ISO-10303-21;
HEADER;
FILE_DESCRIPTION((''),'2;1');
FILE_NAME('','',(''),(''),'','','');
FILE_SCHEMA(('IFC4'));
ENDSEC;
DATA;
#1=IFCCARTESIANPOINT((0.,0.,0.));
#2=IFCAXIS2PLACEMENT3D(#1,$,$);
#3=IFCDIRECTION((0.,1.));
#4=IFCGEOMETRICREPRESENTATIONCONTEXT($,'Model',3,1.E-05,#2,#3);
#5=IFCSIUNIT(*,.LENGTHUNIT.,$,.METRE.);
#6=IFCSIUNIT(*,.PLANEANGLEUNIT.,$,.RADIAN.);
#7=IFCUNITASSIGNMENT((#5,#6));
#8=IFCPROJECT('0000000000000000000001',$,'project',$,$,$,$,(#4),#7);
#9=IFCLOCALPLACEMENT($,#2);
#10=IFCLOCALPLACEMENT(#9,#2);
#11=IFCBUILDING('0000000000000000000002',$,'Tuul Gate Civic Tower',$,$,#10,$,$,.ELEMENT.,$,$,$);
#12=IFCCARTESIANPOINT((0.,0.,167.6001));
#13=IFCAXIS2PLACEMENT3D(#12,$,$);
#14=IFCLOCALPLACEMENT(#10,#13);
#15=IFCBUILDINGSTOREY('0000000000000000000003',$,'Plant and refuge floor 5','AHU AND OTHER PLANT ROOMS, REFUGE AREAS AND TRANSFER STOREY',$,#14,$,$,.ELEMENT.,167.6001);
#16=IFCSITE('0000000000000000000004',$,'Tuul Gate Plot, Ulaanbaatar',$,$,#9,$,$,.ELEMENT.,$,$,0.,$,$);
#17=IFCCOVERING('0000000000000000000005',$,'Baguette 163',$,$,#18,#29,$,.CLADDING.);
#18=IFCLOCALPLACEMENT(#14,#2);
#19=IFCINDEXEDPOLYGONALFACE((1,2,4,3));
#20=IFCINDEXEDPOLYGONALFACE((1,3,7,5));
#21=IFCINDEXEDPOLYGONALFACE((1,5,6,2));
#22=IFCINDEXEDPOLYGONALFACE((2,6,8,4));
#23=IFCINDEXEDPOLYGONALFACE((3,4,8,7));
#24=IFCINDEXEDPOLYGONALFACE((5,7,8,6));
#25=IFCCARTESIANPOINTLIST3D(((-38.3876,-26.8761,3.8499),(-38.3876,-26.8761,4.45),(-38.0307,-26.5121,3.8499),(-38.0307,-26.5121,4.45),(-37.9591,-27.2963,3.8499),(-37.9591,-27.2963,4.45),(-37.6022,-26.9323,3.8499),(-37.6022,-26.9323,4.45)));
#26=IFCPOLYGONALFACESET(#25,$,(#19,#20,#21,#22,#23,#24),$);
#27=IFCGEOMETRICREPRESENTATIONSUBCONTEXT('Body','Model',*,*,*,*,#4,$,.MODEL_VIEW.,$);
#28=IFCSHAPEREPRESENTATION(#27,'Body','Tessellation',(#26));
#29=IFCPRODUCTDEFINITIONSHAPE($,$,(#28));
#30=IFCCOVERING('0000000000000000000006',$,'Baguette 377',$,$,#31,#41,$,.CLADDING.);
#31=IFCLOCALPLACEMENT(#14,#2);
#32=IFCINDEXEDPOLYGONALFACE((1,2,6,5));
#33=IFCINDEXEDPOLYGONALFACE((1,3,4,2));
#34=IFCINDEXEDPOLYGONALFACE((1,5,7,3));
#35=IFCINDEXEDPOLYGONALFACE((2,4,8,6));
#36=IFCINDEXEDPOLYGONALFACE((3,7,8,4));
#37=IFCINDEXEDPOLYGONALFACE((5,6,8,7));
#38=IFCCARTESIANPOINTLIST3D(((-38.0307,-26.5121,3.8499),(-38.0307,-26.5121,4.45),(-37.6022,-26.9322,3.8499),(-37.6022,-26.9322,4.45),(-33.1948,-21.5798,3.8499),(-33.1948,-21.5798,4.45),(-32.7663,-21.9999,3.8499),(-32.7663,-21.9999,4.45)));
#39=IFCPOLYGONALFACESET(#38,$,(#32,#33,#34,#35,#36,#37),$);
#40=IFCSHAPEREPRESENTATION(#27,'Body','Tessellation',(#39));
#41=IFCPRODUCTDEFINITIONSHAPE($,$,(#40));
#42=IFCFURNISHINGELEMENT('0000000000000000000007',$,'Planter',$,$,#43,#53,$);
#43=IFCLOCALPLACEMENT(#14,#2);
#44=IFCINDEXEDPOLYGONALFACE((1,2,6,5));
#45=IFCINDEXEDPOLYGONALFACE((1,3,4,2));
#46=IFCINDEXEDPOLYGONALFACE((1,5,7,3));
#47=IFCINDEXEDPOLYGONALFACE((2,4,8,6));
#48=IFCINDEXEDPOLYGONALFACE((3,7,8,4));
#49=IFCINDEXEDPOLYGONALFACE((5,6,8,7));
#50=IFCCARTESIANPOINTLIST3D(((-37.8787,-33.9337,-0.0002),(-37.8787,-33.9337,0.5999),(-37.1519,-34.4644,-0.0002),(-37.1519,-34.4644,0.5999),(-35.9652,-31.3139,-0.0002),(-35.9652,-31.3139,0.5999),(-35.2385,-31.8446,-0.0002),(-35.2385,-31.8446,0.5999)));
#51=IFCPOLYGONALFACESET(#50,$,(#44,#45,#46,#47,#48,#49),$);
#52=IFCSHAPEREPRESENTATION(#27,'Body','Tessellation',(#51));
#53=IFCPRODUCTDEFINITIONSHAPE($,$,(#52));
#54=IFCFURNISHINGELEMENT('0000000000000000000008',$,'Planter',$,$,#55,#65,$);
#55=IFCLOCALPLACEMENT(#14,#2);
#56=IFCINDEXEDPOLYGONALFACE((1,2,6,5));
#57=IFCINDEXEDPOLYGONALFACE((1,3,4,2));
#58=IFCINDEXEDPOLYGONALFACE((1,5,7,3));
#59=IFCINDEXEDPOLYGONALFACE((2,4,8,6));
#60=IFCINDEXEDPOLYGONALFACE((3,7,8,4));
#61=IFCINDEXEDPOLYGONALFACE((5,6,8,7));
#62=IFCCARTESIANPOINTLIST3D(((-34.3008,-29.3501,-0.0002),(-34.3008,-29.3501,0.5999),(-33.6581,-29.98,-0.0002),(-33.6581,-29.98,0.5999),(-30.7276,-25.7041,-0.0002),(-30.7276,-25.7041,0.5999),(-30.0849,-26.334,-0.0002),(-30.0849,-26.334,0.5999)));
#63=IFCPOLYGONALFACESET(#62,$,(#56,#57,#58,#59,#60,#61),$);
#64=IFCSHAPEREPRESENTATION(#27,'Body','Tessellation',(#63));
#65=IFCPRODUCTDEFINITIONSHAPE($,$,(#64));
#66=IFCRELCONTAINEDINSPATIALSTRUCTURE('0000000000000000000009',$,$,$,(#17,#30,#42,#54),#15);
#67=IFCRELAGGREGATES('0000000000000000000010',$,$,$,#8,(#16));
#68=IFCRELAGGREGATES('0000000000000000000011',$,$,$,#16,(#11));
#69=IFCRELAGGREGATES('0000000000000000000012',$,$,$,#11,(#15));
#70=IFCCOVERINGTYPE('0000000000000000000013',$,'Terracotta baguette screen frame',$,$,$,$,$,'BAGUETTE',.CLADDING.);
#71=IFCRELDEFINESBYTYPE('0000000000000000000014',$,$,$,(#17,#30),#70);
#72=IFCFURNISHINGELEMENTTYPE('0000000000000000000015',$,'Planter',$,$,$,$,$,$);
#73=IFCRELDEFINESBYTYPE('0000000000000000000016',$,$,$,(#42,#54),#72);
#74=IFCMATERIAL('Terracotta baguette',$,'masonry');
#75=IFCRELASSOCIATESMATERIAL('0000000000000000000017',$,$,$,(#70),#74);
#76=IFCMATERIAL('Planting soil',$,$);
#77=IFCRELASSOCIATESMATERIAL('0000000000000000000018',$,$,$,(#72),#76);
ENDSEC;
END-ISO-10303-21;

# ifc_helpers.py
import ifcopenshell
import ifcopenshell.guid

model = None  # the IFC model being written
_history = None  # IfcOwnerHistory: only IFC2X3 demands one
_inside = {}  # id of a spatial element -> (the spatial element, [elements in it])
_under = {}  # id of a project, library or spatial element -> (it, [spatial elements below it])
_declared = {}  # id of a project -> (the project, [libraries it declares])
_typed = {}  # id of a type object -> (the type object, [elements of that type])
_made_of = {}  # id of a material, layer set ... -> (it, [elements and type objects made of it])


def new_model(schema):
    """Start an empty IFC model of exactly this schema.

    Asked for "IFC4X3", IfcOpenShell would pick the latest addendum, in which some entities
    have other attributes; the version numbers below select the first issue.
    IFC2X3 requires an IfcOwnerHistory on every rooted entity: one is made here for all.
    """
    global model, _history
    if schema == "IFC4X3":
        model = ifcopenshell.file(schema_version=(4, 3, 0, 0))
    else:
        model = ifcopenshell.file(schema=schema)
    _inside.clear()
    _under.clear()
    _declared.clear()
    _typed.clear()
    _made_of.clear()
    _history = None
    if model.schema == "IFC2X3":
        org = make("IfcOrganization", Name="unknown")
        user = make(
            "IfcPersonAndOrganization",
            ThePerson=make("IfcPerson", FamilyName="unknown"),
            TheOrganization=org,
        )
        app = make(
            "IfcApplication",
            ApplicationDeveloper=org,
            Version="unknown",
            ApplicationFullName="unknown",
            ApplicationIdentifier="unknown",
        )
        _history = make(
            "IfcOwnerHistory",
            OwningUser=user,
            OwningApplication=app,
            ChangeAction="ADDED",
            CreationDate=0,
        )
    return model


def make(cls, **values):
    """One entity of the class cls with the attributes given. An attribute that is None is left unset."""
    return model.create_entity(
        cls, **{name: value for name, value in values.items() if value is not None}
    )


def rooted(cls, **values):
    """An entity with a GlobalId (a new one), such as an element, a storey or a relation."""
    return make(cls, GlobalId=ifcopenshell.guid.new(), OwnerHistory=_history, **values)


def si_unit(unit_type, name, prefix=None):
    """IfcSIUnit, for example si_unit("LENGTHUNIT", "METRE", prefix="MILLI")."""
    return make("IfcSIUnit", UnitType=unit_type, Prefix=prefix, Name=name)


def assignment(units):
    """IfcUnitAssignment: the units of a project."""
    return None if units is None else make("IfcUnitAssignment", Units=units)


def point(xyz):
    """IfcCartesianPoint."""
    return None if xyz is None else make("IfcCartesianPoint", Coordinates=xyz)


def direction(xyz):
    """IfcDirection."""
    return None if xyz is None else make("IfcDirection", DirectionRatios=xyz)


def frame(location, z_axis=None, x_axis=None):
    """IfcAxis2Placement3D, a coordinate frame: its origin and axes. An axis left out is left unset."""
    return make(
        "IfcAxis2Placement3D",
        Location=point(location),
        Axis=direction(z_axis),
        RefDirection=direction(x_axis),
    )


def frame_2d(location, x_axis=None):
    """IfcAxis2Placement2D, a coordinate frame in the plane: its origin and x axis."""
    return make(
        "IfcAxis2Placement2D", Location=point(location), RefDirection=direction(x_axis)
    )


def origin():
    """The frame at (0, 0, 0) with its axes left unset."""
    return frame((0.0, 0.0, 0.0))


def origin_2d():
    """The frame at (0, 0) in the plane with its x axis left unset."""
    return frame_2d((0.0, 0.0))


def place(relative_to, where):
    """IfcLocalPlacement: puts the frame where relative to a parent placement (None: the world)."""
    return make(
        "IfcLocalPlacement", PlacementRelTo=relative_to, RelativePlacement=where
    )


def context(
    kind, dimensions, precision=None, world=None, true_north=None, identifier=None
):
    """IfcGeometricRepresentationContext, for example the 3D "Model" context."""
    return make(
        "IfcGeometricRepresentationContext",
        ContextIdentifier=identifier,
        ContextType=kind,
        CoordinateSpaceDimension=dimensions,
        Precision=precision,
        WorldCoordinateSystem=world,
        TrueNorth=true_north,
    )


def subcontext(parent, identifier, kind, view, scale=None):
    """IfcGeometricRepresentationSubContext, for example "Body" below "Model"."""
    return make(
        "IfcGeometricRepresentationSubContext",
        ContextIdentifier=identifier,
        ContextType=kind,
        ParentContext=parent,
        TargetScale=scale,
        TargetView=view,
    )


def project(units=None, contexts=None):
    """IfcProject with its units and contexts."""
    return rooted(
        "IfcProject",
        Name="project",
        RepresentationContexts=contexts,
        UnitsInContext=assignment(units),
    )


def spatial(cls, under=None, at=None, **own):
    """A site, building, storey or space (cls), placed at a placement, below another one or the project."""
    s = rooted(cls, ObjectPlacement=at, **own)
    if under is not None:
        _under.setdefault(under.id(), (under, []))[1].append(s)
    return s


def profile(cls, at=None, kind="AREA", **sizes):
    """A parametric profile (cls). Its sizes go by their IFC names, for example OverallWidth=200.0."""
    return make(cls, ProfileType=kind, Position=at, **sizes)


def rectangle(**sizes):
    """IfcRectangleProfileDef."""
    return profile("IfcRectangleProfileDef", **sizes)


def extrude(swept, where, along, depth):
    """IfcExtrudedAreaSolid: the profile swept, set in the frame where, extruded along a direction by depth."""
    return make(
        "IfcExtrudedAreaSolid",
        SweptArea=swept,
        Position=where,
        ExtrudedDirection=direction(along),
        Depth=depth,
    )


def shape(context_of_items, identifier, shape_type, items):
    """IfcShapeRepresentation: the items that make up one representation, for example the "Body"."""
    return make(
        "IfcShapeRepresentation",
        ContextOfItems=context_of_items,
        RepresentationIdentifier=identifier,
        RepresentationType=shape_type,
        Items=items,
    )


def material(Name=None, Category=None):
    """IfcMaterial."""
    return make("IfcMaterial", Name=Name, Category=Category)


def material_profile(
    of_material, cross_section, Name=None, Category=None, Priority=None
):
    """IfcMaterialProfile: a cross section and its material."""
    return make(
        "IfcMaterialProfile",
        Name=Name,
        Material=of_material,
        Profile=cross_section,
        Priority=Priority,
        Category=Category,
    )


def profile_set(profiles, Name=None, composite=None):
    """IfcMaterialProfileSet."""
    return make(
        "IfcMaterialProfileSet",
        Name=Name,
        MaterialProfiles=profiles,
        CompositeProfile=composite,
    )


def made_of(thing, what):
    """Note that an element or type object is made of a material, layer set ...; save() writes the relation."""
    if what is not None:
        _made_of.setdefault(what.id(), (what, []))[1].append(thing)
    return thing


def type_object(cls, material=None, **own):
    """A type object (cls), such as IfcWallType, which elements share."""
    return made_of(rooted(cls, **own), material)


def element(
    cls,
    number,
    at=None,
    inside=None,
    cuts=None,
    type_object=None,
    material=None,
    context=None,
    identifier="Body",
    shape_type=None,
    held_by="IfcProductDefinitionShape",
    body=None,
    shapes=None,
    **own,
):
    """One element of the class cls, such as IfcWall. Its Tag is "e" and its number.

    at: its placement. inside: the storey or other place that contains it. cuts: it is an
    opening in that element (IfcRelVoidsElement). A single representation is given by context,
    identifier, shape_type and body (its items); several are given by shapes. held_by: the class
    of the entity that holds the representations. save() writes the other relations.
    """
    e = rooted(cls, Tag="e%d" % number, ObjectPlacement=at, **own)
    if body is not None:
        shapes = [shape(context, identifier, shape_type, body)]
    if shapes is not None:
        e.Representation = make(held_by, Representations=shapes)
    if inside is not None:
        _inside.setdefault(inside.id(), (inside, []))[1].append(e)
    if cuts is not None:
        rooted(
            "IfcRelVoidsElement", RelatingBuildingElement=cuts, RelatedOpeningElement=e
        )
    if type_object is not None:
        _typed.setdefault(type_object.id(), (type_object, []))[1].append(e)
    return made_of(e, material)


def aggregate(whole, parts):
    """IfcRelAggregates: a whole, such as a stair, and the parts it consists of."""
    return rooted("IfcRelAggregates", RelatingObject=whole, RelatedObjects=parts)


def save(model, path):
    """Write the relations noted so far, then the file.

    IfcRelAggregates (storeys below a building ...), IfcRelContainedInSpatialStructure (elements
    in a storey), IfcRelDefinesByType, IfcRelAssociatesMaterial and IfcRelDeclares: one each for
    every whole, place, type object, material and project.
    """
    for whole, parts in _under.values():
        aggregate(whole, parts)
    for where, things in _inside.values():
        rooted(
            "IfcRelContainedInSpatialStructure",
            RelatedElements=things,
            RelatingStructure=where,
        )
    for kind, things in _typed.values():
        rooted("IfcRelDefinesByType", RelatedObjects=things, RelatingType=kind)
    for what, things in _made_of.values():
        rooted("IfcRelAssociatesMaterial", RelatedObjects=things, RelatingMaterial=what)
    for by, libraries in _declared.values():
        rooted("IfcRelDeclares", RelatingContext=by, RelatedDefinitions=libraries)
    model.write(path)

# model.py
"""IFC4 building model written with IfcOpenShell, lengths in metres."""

from ifc_helpers import new_model, si_unit, direction, frame, origin, origin_2d, place, context, subcontext, project, spatial, rectangle, extrude, material, material_profile, profile_set, type_object, element, save


model = new_model("IFC4")

# Units and contexts
model_context = context("Model", 3, precision=1e-05, world=origin(), true_north=direction((0.0, 1.0)))
body_context = subcontext(model_context, "Body", "Model", "MODEL_VIEW")
ifc_project = project(units=[si_unit("LENGTHUNIT", "METRE"), si_unit("PLANEANGLEUNIT", "RADIAN")], contexts=[model_context])

# Site, building, storey
site_placement = place(None, origin())
site = spatial("IfcSite", under=ifc_project, at=site_placement, Name="Tuul Gate Plot, Ulaanbaatar", CompositionType="ELEMENT", RefElevation=0.0)
building_placement = place(site_placement, origin())
building = spatial("IfcBuilding", under=site, at=building_placement, Name="Tuul Gate Civic Tower", CompositionType="ELEMENT")
storey_placement = place(building_placement, frame((0.0, 0.0, 167.6001)))
storey = spatial("IfcBuildingStorey", under=building, at=storey_placement, Name="Plant and refuge floor 5", Description="AHU AND OTHER PLANT ROOMS, REFUGE AREAS AND TRANSFER STOREY", CompositionType="ELEMENT", Elevation=167.6001)

# Coverings
ifc_material_1 = material(Name="Terracotta baguette", Category="masonry")
ifc_material_profile_1 = material_profile(ifc_material_1, rectangle(XDim=0.6001, YDim=0.6001, at=origin_2d()), Name="Terracotta baguette screen frame")
ifc_profile_set_1 = profile_set([ifc_material_profile_1], Name="Terracotta baguette")
covering_type = type_object("IfcCoveringType", Name="Terracotta baguette screen frame", ElementType="BAGUETTE", PredefinedType="CLADDING", material=ifc_profile_set_1)
covering_1_placement = place(storey_placement, frame((-38.1733, -27.0862, 4.1499), z_axis=(0.700129, 0.714017, 0.0), x_axis=(-0.714017, 0.700129, 0.0)))
element("IfcCovering", 1, at=covering_1_placement, inside=storey, type_object=covering_type, Name="Baguette 163", PredefinedType="CLADDING", context=body_context, shape_type="SweptSolid", body=[
    extrude(rectangle(XDim=0.6001, YDim=0.6001, at=origin_2d()), origin(), (0.0, 0.0, 1.0), 0.5098),
])
covering_2_placement = place(storey_placement, frame((-37.8164, -26.7222, 4.1499), z_axis=(0.700092, 0.714053, 0.0), x_axis=(-0.714053, 0.700092, 0.0)))
element("IfcCovering", 2, at=covering_2_placement, inside=storey, type_object=covering_type, Name="Baguette 377", PredefinedType="CLADDING", context=body_context, shape_type="SweptSolid", body=[
    extrude(rectangle(XDim=0.6001, YDim=0.6001, at=origin_2d()), origin(), (0.0, 0.0, 1.0), 6.9075),
])

# Furnishing elements
ifc_material_2 = material(Name="Planting soil")
furnishing_element_type = type_object("IfcFurnishingElementType", Name="Planter", material=ifc_material_2)
furnishing_1_placement = place(storey_placement, frame((-36.5586, -32.8892, -0.0002), z_axis=(0.0, 0.0, 1.0), x_axis=(0.589803, 0.807547, 0.0)))
element("IfcFurnishingElement", 3, at=furnishing_1_placement, inside=storey, type_object=furnishing_element_type, Name="Planter", context=body_context, shape_type="SweptSolid", body=[
    extrude(rectangle(XDim=3.2441, YDim=0.8999, at=origin_2d()), origin(), (0.0, 0.0, 1.0), 0.6001),
])
furnishing_2_placement = place(storey_placement, frame((-32.1929, -27.842, -0.0002), z_axis=(0.0, 0.0, 1.0), x_axis=(0.699942, 0.7142, 0.0)))
element("IfcFurnishingElement", 4, at=furnishing_2_placement, inside=storey, type_object=furnishing_element_type, Name="Planter", context=body_context, shape_type="SweptSolid", body=[
    extrude(rectangle(XDim=5.105, YDim=0.8999, at=origin_2d()), origin(), (0.0, 0.0, 1.0), 0.6001),
])

save(model, "model.ifc")
